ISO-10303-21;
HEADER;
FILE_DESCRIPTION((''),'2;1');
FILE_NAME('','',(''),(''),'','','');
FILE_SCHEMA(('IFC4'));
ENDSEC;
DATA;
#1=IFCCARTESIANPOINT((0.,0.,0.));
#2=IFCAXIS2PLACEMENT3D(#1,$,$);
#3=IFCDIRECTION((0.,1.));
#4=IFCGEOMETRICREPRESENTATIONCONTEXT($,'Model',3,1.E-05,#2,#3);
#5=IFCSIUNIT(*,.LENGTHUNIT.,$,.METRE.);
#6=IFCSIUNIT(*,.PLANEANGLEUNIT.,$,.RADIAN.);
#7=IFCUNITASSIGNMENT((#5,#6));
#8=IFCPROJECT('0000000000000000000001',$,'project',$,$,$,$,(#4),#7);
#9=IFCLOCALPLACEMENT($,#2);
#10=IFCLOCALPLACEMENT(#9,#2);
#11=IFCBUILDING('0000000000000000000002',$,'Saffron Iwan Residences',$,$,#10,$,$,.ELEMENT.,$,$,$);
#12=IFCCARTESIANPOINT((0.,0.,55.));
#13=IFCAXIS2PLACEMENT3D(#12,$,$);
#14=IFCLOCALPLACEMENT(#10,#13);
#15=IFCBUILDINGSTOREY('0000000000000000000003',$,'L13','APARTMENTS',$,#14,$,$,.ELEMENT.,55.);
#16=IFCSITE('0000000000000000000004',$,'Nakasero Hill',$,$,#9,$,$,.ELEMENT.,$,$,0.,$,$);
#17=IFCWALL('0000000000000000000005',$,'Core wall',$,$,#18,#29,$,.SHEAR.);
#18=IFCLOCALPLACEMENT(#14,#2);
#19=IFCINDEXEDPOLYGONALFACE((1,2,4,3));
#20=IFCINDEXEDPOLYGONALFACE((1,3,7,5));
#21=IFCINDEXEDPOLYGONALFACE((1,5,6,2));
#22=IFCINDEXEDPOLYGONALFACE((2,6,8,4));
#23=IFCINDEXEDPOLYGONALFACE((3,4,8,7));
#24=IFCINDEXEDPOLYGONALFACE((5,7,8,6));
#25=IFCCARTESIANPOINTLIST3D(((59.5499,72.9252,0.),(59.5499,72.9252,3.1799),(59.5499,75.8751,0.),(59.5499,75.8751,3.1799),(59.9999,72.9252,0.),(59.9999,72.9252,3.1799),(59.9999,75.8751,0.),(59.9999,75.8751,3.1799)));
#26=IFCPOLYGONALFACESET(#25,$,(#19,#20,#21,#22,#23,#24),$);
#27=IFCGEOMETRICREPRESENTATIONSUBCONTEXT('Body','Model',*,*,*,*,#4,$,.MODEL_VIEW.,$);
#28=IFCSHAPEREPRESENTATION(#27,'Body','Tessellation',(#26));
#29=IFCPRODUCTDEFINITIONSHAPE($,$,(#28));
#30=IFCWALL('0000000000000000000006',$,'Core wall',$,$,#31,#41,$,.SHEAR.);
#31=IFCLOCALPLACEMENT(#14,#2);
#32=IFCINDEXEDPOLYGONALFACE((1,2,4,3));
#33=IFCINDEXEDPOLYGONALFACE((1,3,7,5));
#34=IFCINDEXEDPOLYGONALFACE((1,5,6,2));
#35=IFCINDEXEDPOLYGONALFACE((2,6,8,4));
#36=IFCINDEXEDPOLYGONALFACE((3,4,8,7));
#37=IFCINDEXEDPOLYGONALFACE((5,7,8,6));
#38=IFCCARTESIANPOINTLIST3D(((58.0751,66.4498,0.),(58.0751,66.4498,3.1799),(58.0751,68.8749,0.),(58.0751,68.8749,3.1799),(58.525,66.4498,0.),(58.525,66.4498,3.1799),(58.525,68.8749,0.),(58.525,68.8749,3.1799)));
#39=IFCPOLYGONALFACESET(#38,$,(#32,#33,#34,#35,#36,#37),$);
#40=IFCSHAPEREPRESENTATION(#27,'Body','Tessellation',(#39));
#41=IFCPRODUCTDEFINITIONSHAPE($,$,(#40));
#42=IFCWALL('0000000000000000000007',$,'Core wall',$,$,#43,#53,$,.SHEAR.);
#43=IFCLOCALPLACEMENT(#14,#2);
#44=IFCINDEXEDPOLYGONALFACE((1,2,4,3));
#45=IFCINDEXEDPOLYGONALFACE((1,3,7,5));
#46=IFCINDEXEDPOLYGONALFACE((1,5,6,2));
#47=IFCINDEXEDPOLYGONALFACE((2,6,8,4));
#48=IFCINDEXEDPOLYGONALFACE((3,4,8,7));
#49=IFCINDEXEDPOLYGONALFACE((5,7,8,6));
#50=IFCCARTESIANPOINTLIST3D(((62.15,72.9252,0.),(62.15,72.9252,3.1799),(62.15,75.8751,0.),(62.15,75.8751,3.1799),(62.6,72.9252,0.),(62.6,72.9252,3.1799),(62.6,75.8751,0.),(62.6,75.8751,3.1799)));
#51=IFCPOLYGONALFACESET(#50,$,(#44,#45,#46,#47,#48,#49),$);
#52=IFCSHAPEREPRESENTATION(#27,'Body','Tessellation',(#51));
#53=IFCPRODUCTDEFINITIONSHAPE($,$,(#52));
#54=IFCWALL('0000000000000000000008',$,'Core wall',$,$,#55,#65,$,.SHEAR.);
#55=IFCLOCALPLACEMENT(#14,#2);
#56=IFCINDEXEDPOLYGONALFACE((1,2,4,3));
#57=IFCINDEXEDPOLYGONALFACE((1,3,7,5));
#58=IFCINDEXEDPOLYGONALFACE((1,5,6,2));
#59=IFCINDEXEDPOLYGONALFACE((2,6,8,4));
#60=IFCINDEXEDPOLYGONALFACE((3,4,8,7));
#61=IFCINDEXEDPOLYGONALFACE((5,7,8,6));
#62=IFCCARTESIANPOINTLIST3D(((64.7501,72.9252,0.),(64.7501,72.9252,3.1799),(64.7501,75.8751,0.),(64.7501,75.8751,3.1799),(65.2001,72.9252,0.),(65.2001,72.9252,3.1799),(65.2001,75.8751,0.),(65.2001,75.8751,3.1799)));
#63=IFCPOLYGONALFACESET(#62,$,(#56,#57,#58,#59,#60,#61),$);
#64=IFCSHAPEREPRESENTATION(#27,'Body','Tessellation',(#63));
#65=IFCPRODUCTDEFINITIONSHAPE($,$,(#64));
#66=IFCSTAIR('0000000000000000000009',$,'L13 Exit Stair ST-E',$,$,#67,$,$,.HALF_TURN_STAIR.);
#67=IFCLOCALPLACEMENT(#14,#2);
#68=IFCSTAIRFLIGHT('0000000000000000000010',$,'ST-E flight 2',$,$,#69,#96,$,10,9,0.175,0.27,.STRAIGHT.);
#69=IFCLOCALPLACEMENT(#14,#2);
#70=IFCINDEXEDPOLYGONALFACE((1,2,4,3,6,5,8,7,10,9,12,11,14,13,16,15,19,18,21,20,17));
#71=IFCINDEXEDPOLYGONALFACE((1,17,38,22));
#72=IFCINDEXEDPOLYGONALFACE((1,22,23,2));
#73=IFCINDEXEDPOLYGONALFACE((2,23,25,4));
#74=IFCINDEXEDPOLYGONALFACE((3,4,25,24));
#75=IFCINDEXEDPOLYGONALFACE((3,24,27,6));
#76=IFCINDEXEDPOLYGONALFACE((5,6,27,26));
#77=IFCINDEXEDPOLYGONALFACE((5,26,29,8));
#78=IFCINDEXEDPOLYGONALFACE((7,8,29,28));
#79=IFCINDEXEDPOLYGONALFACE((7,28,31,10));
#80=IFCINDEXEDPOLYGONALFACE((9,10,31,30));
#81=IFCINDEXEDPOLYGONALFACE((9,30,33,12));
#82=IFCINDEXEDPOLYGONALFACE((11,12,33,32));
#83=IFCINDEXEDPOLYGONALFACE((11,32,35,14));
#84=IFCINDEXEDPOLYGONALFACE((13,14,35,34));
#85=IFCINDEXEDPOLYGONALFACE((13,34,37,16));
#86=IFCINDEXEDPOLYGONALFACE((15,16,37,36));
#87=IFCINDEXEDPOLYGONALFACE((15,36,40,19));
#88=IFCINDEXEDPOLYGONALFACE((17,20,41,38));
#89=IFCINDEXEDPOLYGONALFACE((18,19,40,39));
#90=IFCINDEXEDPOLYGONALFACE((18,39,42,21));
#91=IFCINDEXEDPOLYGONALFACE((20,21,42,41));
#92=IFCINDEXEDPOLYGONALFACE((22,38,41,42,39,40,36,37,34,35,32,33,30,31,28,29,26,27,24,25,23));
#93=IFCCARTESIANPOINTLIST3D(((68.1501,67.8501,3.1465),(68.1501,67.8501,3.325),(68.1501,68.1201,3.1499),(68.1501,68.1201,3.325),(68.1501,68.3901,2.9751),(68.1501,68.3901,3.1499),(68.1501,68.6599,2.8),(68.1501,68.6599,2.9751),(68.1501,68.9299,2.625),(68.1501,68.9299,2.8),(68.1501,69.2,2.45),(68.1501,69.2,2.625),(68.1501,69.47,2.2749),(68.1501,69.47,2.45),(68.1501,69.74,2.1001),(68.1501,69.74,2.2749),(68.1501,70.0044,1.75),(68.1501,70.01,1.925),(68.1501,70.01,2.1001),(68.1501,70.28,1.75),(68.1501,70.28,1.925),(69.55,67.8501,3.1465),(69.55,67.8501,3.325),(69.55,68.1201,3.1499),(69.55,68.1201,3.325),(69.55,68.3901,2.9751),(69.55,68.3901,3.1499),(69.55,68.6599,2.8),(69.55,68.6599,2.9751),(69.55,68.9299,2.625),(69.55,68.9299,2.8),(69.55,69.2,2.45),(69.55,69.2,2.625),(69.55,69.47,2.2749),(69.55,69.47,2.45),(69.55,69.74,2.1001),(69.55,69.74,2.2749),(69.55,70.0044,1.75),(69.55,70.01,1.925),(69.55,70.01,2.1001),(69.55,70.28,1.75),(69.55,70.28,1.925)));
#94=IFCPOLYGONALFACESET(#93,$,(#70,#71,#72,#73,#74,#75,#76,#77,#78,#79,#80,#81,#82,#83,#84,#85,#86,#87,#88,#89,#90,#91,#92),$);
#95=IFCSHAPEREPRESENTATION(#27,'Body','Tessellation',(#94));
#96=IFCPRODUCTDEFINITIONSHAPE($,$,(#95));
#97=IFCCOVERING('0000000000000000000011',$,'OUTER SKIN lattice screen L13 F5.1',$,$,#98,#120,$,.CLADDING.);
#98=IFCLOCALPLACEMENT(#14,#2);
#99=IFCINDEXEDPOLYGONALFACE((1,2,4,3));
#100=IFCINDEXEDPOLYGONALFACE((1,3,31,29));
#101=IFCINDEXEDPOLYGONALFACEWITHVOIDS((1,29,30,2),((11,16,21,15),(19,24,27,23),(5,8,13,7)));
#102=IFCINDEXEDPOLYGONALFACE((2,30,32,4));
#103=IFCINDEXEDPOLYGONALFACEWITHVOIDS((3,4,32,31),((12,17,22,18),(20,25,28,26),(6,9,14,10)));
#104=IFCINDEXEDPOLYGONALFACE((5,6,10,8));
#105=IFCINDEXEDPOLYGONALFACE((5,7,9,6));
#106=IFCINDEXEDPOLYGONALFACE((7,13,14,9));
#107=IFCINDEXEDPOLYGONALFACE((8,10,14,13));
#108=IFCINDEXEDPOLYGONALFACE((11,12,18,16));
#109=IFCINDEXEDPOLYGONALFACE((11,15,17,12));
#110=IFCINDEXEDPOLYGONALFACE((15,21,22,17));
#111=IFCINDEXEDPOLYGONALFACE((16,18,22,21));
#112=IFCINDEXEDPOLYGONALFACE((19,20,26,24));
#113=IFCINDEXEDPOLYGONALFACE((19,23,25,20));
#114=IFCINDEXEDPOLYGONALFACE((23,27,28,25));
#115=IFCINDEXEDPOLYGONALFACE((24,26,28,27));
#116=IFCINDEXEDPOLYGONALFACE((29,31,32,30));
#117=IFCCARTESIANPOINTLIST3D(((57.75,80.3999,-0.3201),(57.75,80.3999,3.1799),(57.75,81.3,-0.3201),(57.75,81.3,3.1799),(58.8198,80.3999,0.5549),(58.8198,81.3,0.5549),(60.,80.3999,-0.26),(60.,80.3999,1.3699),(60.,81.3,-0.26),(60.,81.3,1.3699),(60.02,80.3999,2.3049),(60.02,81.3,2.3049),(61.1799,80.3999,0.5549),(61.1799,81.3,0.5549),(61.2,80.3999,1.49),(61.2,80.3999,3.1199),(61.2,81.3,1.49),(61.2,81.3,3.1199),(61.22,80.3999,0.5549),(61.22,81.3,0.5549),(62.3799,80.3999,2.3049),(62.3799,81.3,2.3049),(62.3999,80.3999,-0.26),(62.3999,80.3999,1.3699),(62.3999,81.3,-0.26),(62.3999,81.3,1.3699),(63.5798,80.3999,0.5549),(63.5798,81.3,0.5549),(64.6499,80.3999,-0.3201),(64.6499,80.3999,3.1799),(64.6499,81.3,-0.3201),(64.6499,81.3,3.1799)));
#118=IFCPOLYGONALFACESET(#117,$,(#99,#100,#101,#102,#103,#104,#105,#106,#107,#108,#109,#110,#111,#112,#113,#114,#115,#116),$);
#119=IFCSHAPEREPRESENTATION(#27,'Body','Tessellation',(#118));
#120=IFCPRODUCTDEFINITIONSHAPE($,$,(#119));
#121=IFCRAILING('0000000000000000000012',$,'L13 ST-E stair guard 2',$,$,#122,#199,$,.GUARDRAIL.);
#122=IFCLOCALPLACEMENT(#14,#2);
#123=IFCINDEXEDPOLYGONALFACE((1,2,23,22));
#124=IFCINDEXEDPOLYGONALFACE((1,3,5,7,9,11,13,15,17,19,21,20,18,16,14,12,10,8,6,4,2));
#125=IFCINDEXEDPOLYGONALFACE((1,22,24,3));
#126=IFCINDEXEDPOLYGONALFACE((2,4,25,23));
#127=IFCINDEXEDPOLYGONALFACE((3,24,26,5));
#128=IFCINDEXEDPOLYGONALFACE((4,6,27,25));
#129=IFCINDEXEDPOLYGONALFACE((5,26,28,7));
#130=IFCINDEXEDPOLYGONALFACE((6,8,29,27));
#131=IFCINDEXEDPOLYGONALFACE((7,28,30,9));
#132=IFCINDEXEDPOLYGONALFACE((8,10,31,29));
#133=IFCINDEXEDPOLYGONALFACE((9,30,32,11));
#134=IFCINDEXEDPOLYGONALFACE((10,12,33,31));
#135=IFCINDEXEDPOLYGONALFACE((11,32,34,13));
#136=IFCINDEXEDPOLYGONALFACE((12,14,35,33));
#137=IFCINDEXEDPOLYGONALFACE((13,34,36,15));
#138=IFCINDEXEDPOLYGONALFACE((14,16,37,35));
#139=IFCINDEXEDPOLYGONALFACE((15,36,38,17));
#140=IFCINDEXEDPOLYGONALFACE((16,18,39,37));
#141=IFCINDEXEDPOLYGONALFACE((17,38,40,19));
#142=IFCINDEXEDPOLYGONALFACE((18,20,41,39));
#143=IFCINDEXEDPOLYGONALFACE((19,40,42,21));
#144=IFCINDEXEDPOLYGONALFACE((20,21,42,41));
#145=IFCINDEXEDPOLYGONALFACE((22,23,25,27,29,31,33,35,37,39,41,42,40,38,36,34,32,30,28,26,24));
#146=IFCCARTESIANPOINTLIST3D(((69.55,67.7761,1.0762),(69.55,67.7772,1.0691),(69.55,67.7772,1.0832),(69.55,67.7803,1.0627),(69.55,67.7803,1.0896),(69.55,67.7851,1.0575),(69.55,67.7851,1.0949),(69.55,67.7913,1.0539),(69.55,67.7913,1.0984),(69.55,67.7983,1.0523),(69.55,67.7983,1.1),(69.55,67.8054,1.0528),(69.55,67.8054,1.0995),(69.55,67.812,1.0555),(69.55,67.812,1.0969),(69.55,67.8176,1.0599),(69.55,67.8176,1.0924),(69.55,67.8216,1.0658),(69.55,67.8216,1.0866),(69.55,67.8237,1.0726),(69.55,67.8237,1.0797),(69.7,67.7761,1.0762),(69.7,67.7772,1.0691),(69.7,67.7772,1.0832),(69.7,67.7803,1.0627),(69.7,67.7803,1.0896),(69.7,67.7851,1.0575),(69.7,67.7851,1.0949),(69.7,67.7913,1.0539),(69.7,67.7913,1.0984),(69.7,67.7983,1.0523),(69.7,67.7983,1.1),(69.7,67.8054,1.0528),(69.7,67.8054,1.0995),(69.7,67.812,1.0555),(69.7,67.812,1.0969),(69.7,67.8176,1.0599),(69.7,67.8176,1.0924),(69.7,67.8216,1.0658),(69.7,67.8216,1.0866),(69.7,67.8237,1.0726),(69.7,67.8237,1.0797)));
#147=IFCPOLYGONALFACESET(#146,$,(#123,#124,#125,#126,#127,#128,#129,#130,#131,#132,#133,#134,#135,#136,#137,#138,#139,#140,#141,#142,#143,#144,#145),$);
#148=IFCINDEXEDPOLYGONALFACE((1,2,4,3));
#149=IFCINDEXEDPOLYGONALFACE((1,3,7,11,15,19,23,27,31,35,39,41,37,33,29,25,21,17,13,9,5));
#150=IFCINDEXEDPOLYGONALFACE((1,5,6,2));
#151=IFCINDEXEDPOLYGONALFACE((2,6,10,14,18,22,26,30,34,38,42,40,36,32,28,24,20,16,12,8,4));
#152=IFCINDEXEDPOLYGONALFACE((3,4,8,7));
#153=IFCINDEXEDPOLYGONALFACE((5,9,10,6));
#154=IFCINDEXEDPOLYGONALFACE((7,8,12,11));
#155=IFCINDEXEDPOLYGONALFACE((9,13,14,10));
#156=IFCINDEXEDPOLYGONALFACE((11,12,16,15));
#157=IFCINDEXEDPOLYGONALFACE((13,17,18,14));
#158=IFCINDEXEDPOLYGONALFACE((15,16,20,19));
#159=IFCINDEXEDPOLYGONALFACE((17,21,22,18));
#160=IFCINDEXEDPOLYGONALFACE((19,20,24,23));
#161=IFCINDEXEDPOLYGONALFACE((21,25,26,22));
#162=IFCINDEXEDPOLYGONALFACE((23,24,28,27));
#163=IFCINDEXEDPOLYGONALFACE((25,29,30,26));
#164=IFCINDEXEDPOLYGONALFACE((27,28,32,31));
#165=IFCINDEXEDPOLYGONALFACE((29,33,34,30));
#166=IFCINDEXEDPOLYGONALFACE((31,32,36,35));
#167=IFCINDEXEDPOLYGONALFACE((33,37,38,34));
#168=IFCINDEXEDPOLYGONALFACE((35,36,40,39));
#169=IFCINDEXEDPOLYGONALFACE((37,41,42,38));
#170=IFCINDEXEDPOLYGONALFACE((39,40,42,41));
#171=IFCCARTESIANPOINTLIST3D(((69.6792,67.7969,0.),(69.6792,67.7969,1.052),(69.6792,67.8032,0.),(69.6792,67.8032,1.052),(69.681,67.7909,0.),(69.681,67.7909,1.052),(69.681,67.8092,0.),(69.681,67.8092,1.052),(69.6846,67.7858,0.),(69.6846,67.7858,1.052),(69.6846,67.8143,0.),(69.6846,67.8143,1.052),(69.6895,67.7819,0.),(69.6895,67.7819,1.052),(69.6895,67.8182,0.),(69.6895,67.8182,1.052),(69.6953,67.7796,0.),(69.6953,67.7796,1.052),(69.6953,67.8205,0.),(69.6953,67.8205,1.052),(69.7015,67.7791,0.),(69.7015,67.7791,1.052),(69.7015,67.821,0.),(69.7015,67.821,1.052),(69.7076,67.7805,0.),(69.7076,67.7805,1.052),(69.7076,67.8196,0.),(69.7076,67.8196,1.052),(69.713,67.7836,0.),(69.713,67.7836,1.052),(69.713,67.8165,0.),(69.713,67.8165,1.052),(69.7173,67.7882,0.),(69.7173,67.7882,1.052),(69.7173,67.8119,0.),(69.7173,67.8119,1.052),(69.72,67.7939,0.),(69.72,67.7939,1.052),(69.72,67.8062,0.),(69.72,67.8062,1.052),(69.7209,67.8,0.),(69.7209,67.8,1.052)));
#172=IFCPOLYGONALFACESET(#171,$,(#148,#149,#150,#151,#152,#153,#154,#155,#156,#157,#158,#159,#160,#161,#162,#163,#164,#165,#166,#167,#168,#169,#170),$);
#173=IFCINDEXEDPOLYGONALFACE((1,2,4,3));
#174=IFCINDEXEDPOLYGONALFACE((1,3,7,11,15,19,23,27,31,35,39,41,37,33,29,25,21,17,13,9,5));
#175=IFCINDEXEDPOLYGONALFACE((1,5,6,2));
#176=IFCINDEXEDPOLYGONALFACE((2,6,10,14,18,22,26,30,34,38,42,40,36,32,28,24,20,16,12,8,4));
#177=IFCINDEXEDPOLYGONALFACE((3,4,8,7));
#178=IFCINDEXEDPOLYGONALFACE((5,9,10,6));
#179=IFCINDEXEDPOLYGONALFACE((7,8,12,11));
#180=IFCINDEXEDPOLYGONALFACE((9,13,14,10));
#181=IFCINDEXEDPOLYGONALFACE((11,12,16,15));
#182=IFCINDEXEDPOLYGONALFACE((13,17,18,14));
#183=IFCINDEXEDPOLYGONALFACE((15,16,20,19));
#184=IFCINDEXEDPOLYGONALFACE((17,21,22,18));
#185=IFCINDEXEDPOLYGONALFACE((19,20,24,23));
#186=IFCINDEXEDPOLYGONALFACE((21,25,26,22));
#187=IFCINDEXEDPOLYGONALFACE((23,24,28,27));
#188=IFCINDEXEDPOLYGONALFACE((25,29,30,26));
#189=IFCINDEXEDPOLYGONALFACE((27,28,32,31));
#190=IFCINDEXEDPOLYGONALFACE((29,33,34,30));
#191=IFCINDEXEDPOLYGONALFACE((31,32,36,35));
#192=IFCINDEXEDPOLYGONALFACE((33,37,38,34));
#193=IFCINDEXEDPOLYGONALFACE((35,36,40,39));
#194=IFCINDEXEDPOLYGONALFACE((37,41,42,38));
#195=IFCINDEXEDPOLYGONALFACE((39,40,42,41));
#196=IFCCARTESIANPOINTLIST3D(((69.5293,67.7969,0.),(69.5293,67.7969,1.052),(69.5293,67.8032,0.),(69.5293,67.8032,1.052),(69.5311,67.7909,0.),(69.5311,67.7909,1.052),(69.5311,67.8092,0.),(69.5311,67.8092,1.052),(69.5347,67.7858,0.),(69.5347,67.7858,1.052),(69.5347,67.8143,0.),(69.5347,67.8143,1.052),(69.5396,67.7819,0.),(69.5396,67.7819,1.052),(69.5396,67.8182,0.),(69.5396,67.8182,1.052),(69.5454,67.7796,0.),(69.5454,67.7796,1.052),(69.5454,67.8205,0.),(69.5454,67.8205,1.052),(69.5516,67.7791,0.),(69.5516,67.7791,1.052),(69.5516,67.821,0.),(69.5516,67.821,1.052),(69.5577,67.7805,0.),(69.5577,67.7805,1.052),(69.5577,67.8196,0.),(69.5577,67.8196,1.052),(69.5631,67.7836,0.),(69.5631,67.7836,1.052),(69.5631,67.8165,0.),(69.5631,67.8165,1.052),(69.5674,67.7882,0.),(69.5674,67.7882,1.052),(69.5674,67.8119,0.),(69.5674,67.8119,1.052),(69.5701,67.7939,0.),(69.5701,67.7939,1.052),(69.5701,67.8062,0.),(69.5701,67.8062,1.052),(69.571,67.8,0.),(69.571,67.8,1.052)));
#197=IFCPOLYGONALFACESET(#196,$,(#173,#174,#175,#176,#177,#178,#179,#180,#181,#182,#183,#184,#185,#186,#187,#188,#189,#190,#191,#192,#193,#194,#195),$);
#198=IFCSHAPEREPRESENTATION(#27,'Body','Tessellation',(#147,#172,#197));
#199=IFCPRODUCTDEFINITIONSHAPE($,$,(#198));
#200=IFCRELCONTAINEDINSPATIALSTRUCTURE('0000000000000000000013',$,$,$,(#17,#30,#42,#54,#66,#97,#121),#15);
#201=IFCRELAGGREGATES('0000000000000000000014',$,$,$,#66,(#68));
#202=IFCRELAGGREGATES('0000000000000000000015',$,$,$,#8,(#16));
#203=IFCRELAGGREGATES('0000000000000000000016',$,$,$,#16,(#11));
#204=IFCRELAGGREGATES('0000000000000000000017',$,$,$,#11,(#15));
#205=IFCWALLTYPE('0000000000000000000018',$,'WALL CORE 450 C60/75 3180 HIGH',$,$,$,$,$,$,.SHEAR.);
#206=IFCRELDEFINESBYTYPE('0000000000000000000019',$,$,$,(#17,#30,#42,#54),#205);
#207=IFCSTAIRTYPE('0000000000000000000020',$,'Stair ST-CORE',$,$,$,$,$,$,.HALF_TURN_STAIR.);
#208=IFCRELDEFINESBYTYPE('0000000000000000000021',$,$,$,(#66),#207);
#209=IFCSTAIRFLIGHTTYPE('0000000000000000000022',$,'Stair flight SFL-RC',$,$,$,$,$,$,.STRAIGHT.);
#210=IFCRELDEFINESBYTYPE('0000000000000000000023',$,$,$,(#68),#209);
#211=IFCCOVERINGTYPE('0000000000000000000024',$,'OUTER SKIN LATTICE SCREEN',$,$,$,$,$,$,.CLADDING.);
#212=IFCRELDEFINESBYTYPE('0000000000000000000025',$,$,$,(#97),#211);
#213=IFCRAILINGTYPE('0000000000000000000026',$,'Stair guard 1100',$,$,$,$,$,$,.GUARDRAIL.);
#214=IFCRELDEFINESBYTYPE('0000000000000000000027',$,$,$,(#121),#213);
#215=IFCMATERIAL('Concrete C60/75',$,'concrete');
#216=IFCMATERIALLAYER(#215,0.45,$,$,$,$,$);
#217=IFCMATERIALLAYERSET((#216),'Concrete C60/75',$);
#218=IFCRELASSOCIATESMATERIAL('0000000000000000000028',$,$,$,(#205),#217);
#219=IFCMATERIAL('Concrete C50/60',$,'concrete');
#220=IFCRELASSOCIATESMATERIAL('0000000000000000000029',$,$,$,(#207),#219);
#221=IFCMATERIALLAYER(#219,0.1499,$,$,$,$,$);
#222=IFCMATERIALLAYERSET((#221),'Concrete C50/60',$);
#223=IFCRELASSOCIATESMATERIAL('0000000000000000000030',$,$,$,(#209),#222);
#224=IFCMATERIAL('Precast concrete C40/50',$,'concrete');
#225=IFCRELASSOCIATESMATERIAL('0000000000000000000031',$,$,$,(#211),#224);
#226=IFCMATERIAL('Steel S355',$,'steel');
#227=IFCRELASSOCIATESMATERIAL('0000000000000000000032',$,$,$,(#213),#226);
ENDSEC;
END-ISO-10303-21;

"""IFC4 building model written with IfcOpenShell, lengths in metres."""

from ifc_helpers import new_model, si_unit, direction, frame, frame_2d, origin, origin_2d, place, context, subcontext, project, spatial, polyline, rectangle, circle, outline, extrude, material, layer, layer_set, type_object, element, aggregate, save


model = new_model("IFC4")

# Units and contexts
model_context = context("Model", 3, precision=1e-05, world=origin(), true_north=direction((0.0, 1.0)))
body_context = subcontext(model_context, "Body", "Model", "MODEL_VIEW")
ifc_project = project(units=[si_unit("LENGTHUNIT", "METRE"), si_unit("PLANEANGLEUNIT", "RADIAN")], contexts=[model_context])

# Site, building, storey
site_placement = place(None, origin())
site = spatial("IfcSite", under=ifc_project, at=site_placement, Name="Nakasero Hill", CompositionType="ELEMENT", RefElevation=0.0)
building_placement = place(site_placement, origin())
building = spatial("IfcBuilding", under=site, at=building_placement, Name="Saffron Iwan Residences", CompositionType="ELEMENT")
storey_placement = place(building_placement, frame((0.0, 0.0, 55.0)))
storey = spatial("IfcBuildingStorey", under=building, at=storey_placement, Name="L13", Description="APARTMENTS", CompositionType="ELEMENT", Elevation=55.0)

# Shared definitions
ifc_material_1 = material(Name="Concrete C60/75", Category="concrete")

# Shared definitions
ifc_layer_1 = layer(ifc_material_1, 0.45)
ifc_layer_set_1 = layer_set([ifc_layer_1], Name="Concrete C60/75")
wall_type_1 = type_object("IfcWallType", Name="WALL CORE 450 C60/75 3180 HIGH", PredefinedType="SHEAR", material=ifc_layer_set_1)

# Walls
wall_1_placement = place(storey_placement, frame((59.7749, 72.925, 0.0), z_axis=(0.0, 0.0, 1.0), x_axis=(0.0, 1.0, 0.0)))
element("IfcWall", 1, at=wall_1_placement, inside=storey, type_object=wall_type_1, Name="Core wall", PredefinedType="SHEAR", context=body_context, shape_type="SweptSolid", body=[
    extrude(rectangle(XDim=2.95, YDim=0.45, at=frame_2d((1.4751, 0.0))), origin(), (0.0, 0.0, 1.0), 3.1799),
])
wall_2_placement = place(storey_placement, frame((58.3, 66.45, 0.0), z_axis=(0.0, 0.0, 1.0), x_axis=(0.0, 1.0, 0.0)))
element("IfcWall", 2, at=wall_2_placement, inside=storey, type_object=wall_type_1, Name="Core wall", PredefinedType="SHEAR", context=body_context, shape_type="SweptSolid", body=[
    extrude(rectangle(XDim=2.425, YDim=0.45, at=frame_2d((1.2124, 0.0))), origin(), (0.0, 0.0, 1.0), 3.1799),
])
for number, where, z_axis, x_axis, name in (
    (3, (62.375, 72.925, 0.0), (0.0, 0.0, 1.0), (0.0, 1.0, 0.0), "Core wall"),
    (4, (64.9751, 72.925, 0.0), (0.0, 0.0, 1.0), (0.0, 1.0, 0.0), "Core wall"),
):
    element("IfcWall", number, at=place(storey_placement, frame(where, z_axis=z_axis, x_axis=x_axis)), inside=storey, type_object=wall_type_1, Name=name, PredefinedType="SHEAR", context=body_context, shape_type="SweptSolid", body=[
        extrude(rectangle(XDim=2.95, YDim=0.45, at=frame_2d((1.4751, 0.0))), origin(), (0.0, 0.0, 1.0), 3.1799),
    ])

# Stair, stair flight
ifc_material_2 = material(Name="Concrete C50/60", Category="concrete")
stair_type = type_object("IfcStairType", Name="Stair ST-CORE", PredefinedType="HALF_TURN_STAIR", material=ifc_material_2)
stair_placement = place(storey_placement, origin())
stair = element("IfcStair", 5, at=stair_placement, inside=storey, type_object=stair_type, Name="L13 Exit Stair ST-E", PredefinedType="HALF_TURN_STAIR")
ifc_layer_2 = layer(ifc_material_2, 0.1499)
ifc_layer_set_2 = layer_set([ifc_layer_2], Name="Concrete C50/60")
stair_flight_type = type_object("IfcStairFlightType", Name="Stair flight SFL-RC", PredefinedType="STRAIGHT", material=ifc_layer_set_2)
stair_flight_placement = place(storey_placement, frame((68.8501, 70.28, 1.75), z_axis=(0.0, 0.0, 1.0), x_axis=(0.0, -1.0, 0.0)))
stair_flight = element("IfcStairFlight", 6, at=stair_flight_placement, type_object=stair_flight_type, Name="ST-E flight 2", NumberOfRisers=10, NumberOfTreads=9, PredefinedType="STRAIGHT", RiserHeight=0.175, TreadLength=0.27, context=body_context, shape_type="SweptSolid", body=[
    extrude(outline(polyline([(0.0, 0.0), (0.0, 0.175), (0.27, 0.175), (0.27, 0.3501), (0.54, 0.3501), (0.54, 0.5249), (0.8101, 0.5249), (0.8101, 0.7), (1.0801, 0.7), (1.0801, 0.875), (1.3501, 0.875), (1.3501, 1.05), (1.6201, 1.05), (1.6201, 1.2251), (1.8899, 1.2251), (1.8899, 1.3999), (2.1599, 1.3999), (2.1599, 1.575), (2.4299, 1.575), (2.4299, 1.75), (2.4299, 1.3965), (0.2756, 0.0), (0.0, 0.0)])), frame((0.0, 0.7, 0.0), z_axis=(0.0, -1.0, 0.0), x_axis=(1.0, 0.0, 0.0)), (0.0, 0.0, 1.0), 1.3999),
])
aggregate(stair, [stair_flight])

# Covering
ifc_material_3 = material(Name="Precast concrete C40/50", Category="concrete")
covering_type_1 = type_object("IfcCoveringType", Name="OUTER SKIN LATTICE SCREEN", PredefinedType="CLADDING", material=ifc_material_3)
covering_placement = place(storey_placement, frame((64.6499, 80.3999, -0.3201), z_axis=(0.0, 1.0, 0.0), x_axis=(-1.0, 0.0, 0.0)))
element("IfcCovering", 7, at=covering_placement, inside=storey, type_object=covering_type_1, Name="OUTER SKIN lattice screen L13 F5.1", PredefinedType="CLADDING", context=body_context, shape_type="SweptSolid", body=[
    extrude(outline(polyline([(0.0, 0.0), (6.8999, 0.0), (6.8999, 3.5), (0.0, 3.5), (0.0, 0.0)]), holes=[polyline([(1.0701, 0.875), (2.25, 0.0601), (3.4299, 0.875), (2.25, 1.6899), (1.0701, 0.875)]), polyline([(3.47, 0.875), (4.6499, 0.0601), (5.8301, 0.875), (4.6499, 1.6899), (3.47, 0.875)]), polyline([(2.27, 2.625), (3.45, 1.8101), (4.6299, 2.625), (3.45, 3.4399), (2.27, 2.625)])]), origin(), (0.0, 0.0, 1.0), 0.9001),
])

# Railing
ifc_material_4 = material(Name="Steel S355", Category="steel")
railing_type_1 = type_object("IfcRailingType", Name="Stair guard 1100", PredefinedType="GUARDRAIL", material=ifc_material_4)
railing_1_placement = place(storey_placement, frame((69.7, 67.8, 0.0)))
element("IfcRailing", 8, at=railing_1_placement, inside=storey, type_object=railing_type_1, Name="L13 ST-E stair guard 2", PredefinedType="GUARDRAIL", context=body_context, shape_type="SweptSolid", body=[
    extrude(circle(Radius=0.0239, at=origin_2d()), frame((0.0, 0.0, 1.0762), z_axis=(-1.0, 0.0, 0.0), x_axis=(0.0, -1.0, 0.0)), (0.0, 0.0, 1.0), 0.1499),
    extrude(circle(Radius=0.021, at=origin_2d()), origin(), (0.0, 0.0, 1.0), 1.052),
    extrude(circle(Radius=0.021, at=origin_2d()), frame((-0.1499, 0.0, 0.0)), (0.0, 0.0, 1.0), 1.052),
])

save(model, "model.ifc")
